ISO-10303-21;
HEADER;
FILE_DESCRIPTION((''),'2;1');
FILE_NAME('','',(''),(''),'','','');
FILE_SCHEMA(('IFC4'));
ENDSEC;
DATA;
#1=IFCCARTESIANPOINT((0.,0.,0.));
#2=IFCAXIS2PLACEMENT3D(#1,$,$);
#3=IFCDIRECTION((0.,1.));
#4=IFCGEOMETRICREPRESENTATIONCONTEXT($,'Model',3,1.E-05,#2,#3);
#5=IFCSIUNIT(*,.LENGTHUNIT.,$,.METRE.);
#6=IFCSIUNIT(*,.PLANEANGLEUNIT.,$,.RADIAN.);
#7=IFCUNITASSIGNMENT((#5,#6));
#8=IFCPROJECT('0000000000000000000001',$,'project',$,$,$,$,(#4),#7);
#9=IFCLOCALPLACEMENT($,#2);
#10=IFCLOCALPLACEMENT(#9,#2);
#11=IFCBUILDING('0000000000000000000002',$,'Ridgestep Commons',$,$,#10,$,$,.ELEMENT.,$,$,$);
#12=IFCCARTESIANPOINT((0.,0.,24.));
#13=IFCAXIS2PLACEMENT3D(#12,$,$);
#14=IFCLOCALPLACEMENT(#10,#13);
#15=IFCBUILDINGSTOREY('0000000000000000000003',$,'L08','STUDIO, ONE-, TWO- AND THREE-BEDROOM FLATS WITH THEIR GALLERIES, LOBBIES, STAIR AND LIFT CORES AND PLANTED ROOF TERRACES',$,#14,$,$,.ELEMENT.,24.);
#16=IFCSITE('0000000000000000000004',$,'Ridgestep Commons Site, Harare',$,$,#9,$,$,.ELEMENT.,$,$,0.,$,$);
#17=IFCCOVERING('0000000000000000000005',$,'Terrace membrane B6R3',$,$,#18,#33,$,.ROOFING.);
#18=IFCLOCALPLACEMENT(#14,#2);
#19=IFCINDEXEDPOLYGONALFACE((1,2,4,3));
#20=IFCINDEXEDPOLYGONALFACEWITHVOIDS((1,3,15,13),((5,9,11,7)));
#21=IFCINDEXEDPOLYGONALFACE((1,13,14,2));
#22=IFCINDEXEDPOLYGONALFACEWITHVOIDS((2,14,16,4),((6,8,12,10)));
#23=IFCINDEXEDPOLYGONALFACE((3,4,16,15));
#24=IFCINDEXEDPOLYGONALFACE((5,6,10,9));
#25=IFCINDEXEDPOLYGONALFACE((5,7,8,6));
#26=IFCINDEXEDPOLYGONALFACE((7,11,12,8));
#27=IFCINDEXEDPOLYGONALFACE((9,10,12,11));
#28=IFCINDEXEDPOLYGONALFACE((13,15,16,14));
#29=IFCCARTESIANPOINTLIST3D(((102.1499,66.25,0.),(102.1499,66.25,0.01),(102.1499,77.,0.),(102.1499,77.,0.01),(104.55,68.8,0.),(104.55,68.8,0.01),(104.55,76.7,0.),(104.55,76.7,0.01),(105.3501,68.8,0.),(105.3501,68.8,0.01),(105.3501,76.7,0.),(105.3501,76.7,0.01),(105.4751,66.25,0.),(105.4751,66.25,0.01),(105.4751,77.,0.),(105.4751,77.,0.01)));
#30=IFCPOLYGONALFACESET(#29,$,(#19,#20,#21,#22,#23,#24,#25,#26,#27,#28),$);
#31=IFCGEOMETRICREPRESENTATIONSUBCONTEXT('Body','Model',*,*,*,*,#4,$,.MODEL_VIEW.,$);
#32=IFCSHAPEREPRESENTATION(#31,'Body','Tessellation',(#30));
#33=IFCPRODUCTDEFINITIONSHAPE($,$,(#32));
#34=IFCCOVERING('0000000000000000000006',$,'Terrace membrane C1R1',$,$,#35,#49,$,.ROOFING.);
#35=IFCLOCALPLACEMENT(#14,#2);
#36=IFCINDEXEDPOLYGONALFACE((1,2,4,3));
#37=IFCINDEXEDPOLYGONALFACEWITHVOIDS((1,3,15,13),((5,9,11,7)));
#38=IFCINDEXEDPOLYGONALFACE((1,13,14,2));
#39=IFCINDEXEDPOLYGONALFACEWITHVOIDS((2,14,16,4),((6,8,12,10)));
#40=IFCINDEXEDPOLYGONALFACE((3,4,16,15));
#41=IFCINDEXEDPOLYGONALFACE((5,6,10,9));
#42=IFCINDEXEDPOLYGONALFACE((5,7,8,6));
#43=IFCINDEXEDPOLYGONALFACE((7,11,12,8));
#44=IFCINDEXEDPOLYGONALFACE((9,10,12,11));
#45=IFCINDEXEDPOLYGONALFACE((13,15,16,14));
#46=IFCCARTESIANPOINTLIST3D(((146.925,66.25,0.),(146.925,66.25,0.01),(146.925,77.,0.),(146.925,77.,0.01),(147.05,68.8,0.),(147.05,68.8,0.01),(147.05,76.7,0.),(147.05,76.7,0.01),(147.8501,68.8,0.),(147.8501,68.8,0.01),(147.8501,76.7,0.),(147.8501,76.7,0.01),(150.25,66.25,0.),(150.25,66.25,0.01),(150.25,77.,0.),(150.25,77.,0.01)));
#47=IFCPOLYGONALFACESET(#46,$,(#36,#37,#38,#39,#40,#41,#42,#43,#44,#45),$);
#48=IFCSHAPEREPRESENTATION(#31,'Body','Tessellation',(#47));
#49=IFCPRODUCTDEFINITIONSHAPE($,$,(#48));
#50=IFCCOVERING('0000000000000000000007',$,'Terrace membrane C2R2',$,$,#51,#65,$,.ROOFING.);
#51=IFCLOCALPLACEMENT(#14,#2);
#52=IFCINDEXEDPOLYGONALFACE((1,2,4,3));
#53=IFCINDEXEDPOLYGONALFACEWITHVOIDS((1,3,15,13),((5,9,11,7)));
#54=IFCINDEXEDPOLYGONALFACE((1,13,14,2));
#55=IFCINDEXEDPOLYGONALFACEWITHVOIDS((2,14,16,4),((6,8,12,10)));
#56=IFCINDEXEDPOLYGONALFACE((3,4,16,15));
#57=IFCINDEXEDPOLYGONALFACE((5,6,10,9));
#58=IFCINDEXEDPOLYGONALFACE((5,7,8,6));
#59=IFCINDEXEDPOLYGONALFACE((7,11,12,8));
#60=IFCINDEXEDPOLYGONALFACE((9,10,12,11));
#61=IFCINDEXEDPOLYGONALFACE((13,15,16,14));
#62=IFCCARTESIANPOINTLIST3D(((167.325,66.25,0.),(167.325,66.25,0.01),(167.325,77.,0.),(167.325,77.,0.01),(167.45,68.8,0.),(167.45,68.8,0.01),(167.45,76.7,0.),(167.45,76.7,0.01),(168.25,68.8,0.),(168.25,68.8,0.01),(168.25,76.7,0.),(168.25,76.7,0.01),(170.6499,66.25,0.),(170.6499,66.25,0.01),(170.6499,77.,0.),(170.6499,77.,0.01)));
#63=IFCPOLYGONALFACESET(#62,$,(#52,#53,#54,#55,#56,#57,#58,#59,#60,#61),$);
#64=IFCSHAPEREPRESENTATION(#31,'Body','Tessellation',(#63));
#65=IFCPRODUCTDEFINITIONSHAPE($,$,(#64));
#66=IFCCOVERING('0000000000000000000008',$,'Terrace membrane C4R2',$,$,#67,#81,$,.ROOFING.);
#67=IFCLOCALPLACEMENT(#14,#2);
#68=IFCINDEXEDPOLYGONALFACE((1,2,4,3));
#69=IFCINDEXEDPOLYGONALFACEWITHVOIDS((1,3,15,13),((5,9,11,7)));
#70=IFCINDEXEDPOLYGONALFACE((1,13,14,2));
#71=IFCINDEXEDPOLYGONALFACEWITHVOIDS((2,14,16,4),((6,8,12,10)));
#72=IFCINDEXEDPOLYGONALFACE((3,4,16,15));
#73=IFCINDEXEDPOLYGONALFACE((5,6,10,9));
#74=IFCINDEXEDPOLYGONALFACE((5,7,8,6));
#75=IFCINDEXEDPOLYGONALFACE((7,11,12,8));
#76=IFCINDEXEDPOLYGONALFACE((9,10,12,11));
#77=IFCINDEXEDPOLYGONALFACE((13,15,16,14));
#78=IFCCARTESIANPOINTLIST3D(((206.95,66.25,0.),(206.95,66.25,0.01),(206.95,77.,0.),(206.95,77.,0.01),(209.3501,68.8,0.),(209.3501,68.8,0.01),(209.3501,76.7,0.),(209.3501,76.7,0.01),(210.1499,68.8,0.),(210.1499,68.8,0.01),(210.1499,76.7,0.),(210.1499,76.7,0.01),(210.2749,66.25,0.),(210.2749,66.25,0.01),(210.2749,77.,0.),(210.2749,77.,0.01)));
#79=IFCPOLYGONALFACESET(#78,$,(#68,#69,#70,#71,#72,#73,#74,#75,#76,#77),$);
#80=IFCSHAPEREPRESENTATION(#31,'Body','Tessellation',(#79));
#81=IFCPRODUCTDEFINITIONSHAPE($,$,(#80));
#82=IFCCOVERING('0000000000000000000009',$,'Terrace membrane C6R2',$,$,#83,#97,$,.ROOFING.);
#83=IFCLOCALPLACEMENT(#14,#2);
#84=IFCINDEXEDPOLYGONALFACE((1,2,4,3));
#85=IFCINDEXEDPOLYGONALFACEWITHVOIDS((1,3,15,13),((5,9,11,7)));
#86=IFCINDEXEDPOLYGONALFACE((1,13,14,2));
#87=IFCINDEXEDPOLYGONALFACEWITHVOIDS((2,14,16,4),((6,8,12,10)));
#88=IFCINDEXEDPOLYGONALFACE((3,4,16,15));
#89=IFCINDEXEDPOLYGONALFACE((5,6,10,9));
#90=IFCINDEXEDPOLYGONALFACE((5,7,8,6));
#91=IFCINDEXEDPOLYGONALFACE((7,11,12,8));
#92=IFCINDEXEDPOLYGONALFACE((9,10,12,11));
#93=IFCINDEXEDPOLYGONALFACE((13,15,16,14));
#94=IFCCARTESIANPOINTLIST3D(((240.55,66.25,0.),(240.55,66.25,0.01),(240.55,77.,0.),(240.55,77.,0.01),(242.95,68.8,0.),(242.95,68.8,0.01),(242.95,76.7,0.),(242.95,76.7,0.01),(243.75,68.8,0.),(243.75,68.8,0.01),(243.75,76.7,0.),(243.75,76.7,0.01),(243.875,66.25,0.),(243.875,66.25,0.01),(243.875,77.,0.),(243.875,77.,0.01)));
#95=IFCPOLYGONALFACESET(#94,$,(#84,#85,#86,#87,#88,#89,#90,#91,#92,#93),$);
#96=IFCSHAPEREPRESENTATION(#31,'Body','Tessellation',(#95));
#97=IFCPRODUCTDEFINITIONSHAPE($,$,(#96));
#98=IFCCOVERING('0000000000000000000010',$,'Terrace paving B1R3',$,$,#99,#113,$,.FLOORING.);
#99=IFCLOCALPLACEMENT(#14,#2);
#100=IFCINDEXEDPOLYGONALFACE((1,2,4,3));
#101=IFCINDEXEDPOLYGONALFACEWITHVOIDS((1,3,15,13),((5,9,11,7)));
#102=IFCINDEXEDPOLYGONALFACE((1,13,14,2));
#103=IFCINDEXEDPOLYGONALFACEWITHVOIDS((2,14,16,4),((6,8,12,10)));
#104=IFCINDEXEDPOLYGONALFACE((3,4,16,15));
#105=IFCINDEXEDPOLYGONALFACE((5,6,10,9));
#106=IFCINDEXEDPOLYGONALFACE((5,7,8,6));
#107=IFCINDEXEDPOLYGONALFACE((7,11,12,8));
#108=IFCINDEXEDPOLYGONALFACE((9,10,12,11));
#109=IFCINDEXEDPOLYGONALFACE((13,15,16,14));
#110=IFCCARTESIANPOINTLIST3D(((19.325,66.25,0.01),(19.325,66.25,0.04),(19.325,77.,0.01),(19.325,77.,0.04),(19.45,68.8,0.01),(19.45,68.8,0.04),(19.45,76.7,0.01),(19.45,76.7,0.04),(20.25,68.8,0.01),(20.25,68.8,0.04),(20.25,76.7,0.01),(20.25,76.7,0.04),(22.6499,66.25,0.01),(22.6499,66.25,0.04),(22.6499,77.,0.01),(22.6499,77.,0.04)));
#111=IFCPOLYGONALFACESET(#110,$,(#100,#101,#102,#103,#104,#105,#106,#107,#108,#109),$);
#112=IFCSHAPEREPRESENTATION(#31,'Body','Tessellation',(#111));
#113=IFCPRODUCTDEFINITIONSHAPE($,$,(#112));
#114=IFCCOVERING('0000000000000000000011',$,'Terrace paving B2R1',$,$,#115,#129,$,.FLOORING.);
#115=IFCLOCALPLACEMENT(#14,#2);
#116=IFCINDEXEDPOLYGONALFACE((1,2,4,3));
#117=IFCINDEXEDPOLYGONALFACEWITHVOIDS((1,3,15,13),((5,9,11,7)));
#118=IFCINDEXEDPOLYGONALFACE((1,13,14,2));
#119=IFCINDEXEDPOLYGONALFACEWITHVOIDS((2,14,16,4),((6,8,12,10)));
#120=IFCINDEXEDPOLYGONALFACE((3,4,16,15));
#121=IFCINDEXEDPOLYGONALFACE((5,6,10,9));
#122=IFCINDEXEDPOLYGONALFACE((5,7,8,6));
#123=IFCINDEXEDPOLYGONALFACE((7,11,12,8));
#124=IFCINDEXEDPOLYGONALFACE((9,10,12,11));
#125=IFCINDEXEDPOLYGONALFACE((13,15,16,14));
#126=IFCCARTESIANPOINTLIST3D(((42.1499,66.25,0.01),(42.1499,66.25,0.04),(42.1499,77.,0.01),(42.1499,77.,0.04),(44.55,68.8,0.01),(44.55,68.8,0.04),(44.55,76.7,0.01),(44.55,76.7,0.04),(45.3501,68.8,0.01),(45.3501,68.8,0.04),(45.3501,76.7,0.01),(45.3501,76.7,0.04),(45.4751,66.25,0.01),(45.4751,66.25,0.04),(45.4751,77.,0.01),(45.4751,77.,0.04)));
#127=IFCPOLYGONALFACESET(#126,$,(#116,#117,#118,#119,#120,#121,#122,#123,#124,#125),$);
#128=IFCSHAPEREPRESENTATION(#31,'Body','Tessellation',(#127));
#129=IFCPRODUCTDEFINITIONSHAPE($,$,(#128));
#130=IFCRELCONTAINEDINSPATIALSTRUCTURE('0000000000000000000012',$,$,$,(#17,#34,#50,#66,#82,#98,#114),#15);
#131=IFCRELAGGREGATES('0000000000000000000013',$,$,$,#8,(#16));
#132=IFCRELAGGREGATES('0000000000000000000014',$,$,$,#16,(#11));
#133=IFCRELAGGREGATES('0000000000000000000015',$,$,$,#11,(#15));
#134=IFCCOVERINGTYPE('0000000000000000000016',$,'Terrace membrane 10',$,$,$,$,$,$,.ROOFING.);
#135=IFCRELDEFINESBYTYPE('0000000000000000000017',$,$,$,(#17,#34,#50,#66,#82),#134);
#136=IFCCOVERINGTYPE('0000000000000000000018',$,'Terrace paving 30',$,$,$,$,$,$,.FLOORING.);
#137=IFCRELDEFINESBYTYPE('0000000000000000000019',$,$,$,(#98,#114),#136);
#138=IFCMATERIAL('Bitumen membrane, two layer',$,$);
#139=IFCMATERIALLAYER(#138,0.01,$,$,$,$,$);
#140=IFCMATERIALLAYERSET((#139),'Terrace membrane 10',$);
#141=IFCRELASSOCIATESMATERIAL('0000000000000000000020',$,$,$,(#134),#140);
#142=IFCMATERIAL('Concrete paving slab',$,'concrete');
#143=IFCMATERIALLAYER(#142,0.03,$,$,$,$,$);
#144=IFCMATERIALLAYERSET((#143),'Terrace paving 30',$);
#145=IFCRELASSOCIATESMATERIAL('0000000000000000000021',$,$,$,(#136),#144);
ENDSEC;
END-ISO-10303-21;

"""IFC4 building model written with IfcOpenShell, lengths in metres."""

from ifc_helpers import new_model, si_unit, direction, frame, origin, place, context, subcontext, project, spatial, polyline, outline, extrude, material, layer, layer_set, type_object, element, save


model = new_model("IFC4")

# Units and contexts
model_context = context("Model", 3, precision=1e-05, world=origin(), true_north=direction((0.0, 1.0)))
body_context = subcontext(model_context, "Body", "Model", "MODEL_VIEW")
ifc_project = project(units=[si_unit("LENGTHUNIT", "METRE"), si_unit("PLANEANGLEUNIT", "RADIAN")], contexts=[model_context])

# Site, building, storey
site_placement = place(None, origin())
site = spatial("IfcSite", under=ifc_project, at=site_placement, Name="Ridgestep Commons Site, Harare", CompositionType="ELEMENT", RefElevation=0.0)
building_placement = place(site_placement, origin())
building = spatial("IfcBuilding", under=site, at=building_placement, Name="Ridgestep Commons", CompositionType="ELEMENT")
storey_placement = place(building_placement, frame((0.0, 0.0, 24.0)))
storey = spatial("IfcBuildingStorey", under=building, at=storey_placement, Name="L08", Description="STUDIO, ONE-, TWO- AND THREE-BEDROOM FLATS WITH THEIR GALLERIES, LOBBIES, STAIR AND LIFT CORES AND PLANTED ROOF TERRACES", CompositionType="ELEMENT", Elevation=24.0)

# Coverings
ifc_material_1 = material(Name="Bitumen membrane, two layer")
ifc_layer_1 = layer(ifc_material_1, 0.01)
ifc_layer_set_1 = layer_set([ifc_layer_1], Name="Terrace membrane 10")
covering_type_1 = type_object("IfcCoveringType", Name="Terrace membrane 10", PredefinedType="ROOFING", material=ifc_layer_set_1)
covering_1_placement = place(storey_placement, origin())
element("IfcCovering", 1, at=covering_1_placement, inside=storey, type_object=covering_type_1, Name="Terrace membrane B6R3", PredefinedType="ROOFING", context=body_context, shape_type="SweptSolid", body=[
    extrude(outline(polyline([(105.4751, 66.25), (105.4751, 77.0), (102.1499, 77.0), (102.1499, 66.25), (105.4751, 66.25)]), holes=[polyline([(105.3501, 68.8), (105.3501, 76.7), (104.55, 76.7), (104.55, 68.8), (105.3501, 68.8)])]), origin(), (0.0, 0.0, 1.0), 0.01),
])
covering_2_placement = place(storey_placement, origin())
element("IfcCovering", 2, at=covering_2_placement, inside=storey, type_object=covering_type_1, Name="Terrace membrane C1R1", PredefinedType="ROOFING", context=body_context, shape_type="SweptSolid", body=[
    extrude(outline(polyline([(150.25, 66.25), (150.25, 77.0), (146.925, 77.0), (146.925, 66.25), (150.25, 66.25)]), holes=[polyline([(147.8501, 68.8), (147.8501, 76.7), (147.05, 76.7), (147.05, 68.8), (147.8501, 68.8)])]), origin(), (0.0, 0.0, 1.0), 0.01),
])
covering_3_placement = place(storey_placement, origin())
element("IfcCovering", 3, at=covering_3_placement, inside=storey, type_object=covering_type_1, Name="Terrace membrane C2R2", PredefinedType="ROOFING", context=body_context, shape_type="SweptSolid", body=[
    extrude(outline(polyline([(170.6499, 66.25), (170.6499, 77.0), (167.325, 77.0), (167.325, 66.25), (170.6499, 66.25)]), holes=[polyline([(168.25, 68.8), (168.25, 76.7), (167.45, 76.7), (167.45, 68.8), (168.25, 68.8)])]), origin(), (0.0, 0.0, 1.0), 0.01),
])
covering_4_placement = place(storey_placement, origin())
element("IfcCovering", 4, at=covering_4_placement, inside=storey, type_object=covering_type_1, Name="Terrace membrane C4R2", PredefinedType="ROOFING", context=body_context, shape_type="SweptSolid", body=[
    extrude(outline(polyline([(210.2749, 66.25), (210.2749, 77.0), (206.95, 77.0), (206.95, 66.25), (210.2749, 66.25)]), holes=[polyline([(210.1499, 68.8), (210.1499, 76.7), (209.3501, 76.7), (209.3501, 68.8), (210.1499, 68.8)])]), origin(), (0.0, 0.0, 1.0), 0.01),
])
covering_5_placement = place(storey_placement, origin())
element("IfcCovering", 5, at=covering_5_placement, inside=storey, type_object=covering_type_1, Name="Terrace membrane C6R2", PredefinedType="ROOFING", context=body_context, shape_type="SweptSolid", body=[
    extrude(outline(polyline([(243.875, 66.25), (243.875, 77.0), (240.55, 77.0), (240.55, 66.25), (243.875, 66.25)]), holes=[polyline([(243.75, 68.8), (243.75, 76.7), (242.95, 76.7), (242.95, 68.8), (243.75, 68.8)])]), origin(), (0.0, 0.0, 1.0), 0.01),
])
ifc_material_2 = material(Name="Concrete paving slab", Category="concrete")
ifc_layer_2 = layer(ifc_material_2, 0.03)
ifc_layer_set_2 = layer_set([ifc_layer_2], Name="Terrace paving 30")
covering_type_2 = type_object("IfcCoveringType", Name="Terrace paving 30", PredefinedType="FLOORING", material=ifc_layer_set_2)
covering_6_placement = place(storey_placement, frame((0.0, 0.0, 0.01)))
element("IfcCovering", 6, at=covering_6_placement, inside=storey, type_object=covering_type_2, Name="Terrace paving B1R3", PredefinedType="FLOORING", context=body_context, shape_type="SweptSolid", body=[
    extrude(outline(polyline([(22.6499, 66.25), (22.6499, 77.0), (19.325, 77.0), (19.325, 66.25), (22.6499, 66.25)]), holes=[polyline([(20.25, 68.8), (20.25, 76.7), (19.45, 76.7), (19.45, 68.8), (20.25, 68.8)])]), origin(), (0.0, 0.0, 1.0), 0.03),
])
covering_7_placement = place(storey_placement, frame((0.0, 0.0, 0.01)))
element("IfcCovering", 7, at=covering_7_placement, inside=storey, type_object=covering_type_2, Name="Terrace paving B2R1", PredefinedType="FLOORING", context=body_context, shape_type="SweptSolid", body=[
    extrude(outline(polyline([(45.4751, 66.25), (45.4751, 77.0), (42.1499, 77.0), (42.1499, 66.25), (45.4751, 66.25)]), holes=[polyline([(45.3501, 68.8), (45.3501, 76.7), (44.55, 76.7), (44.55, 68.8), (45.3501, 68.8)])]), origin(), (0.0, 0.0, 1.0), 0.03),
])

save(model, "model.ifc")
